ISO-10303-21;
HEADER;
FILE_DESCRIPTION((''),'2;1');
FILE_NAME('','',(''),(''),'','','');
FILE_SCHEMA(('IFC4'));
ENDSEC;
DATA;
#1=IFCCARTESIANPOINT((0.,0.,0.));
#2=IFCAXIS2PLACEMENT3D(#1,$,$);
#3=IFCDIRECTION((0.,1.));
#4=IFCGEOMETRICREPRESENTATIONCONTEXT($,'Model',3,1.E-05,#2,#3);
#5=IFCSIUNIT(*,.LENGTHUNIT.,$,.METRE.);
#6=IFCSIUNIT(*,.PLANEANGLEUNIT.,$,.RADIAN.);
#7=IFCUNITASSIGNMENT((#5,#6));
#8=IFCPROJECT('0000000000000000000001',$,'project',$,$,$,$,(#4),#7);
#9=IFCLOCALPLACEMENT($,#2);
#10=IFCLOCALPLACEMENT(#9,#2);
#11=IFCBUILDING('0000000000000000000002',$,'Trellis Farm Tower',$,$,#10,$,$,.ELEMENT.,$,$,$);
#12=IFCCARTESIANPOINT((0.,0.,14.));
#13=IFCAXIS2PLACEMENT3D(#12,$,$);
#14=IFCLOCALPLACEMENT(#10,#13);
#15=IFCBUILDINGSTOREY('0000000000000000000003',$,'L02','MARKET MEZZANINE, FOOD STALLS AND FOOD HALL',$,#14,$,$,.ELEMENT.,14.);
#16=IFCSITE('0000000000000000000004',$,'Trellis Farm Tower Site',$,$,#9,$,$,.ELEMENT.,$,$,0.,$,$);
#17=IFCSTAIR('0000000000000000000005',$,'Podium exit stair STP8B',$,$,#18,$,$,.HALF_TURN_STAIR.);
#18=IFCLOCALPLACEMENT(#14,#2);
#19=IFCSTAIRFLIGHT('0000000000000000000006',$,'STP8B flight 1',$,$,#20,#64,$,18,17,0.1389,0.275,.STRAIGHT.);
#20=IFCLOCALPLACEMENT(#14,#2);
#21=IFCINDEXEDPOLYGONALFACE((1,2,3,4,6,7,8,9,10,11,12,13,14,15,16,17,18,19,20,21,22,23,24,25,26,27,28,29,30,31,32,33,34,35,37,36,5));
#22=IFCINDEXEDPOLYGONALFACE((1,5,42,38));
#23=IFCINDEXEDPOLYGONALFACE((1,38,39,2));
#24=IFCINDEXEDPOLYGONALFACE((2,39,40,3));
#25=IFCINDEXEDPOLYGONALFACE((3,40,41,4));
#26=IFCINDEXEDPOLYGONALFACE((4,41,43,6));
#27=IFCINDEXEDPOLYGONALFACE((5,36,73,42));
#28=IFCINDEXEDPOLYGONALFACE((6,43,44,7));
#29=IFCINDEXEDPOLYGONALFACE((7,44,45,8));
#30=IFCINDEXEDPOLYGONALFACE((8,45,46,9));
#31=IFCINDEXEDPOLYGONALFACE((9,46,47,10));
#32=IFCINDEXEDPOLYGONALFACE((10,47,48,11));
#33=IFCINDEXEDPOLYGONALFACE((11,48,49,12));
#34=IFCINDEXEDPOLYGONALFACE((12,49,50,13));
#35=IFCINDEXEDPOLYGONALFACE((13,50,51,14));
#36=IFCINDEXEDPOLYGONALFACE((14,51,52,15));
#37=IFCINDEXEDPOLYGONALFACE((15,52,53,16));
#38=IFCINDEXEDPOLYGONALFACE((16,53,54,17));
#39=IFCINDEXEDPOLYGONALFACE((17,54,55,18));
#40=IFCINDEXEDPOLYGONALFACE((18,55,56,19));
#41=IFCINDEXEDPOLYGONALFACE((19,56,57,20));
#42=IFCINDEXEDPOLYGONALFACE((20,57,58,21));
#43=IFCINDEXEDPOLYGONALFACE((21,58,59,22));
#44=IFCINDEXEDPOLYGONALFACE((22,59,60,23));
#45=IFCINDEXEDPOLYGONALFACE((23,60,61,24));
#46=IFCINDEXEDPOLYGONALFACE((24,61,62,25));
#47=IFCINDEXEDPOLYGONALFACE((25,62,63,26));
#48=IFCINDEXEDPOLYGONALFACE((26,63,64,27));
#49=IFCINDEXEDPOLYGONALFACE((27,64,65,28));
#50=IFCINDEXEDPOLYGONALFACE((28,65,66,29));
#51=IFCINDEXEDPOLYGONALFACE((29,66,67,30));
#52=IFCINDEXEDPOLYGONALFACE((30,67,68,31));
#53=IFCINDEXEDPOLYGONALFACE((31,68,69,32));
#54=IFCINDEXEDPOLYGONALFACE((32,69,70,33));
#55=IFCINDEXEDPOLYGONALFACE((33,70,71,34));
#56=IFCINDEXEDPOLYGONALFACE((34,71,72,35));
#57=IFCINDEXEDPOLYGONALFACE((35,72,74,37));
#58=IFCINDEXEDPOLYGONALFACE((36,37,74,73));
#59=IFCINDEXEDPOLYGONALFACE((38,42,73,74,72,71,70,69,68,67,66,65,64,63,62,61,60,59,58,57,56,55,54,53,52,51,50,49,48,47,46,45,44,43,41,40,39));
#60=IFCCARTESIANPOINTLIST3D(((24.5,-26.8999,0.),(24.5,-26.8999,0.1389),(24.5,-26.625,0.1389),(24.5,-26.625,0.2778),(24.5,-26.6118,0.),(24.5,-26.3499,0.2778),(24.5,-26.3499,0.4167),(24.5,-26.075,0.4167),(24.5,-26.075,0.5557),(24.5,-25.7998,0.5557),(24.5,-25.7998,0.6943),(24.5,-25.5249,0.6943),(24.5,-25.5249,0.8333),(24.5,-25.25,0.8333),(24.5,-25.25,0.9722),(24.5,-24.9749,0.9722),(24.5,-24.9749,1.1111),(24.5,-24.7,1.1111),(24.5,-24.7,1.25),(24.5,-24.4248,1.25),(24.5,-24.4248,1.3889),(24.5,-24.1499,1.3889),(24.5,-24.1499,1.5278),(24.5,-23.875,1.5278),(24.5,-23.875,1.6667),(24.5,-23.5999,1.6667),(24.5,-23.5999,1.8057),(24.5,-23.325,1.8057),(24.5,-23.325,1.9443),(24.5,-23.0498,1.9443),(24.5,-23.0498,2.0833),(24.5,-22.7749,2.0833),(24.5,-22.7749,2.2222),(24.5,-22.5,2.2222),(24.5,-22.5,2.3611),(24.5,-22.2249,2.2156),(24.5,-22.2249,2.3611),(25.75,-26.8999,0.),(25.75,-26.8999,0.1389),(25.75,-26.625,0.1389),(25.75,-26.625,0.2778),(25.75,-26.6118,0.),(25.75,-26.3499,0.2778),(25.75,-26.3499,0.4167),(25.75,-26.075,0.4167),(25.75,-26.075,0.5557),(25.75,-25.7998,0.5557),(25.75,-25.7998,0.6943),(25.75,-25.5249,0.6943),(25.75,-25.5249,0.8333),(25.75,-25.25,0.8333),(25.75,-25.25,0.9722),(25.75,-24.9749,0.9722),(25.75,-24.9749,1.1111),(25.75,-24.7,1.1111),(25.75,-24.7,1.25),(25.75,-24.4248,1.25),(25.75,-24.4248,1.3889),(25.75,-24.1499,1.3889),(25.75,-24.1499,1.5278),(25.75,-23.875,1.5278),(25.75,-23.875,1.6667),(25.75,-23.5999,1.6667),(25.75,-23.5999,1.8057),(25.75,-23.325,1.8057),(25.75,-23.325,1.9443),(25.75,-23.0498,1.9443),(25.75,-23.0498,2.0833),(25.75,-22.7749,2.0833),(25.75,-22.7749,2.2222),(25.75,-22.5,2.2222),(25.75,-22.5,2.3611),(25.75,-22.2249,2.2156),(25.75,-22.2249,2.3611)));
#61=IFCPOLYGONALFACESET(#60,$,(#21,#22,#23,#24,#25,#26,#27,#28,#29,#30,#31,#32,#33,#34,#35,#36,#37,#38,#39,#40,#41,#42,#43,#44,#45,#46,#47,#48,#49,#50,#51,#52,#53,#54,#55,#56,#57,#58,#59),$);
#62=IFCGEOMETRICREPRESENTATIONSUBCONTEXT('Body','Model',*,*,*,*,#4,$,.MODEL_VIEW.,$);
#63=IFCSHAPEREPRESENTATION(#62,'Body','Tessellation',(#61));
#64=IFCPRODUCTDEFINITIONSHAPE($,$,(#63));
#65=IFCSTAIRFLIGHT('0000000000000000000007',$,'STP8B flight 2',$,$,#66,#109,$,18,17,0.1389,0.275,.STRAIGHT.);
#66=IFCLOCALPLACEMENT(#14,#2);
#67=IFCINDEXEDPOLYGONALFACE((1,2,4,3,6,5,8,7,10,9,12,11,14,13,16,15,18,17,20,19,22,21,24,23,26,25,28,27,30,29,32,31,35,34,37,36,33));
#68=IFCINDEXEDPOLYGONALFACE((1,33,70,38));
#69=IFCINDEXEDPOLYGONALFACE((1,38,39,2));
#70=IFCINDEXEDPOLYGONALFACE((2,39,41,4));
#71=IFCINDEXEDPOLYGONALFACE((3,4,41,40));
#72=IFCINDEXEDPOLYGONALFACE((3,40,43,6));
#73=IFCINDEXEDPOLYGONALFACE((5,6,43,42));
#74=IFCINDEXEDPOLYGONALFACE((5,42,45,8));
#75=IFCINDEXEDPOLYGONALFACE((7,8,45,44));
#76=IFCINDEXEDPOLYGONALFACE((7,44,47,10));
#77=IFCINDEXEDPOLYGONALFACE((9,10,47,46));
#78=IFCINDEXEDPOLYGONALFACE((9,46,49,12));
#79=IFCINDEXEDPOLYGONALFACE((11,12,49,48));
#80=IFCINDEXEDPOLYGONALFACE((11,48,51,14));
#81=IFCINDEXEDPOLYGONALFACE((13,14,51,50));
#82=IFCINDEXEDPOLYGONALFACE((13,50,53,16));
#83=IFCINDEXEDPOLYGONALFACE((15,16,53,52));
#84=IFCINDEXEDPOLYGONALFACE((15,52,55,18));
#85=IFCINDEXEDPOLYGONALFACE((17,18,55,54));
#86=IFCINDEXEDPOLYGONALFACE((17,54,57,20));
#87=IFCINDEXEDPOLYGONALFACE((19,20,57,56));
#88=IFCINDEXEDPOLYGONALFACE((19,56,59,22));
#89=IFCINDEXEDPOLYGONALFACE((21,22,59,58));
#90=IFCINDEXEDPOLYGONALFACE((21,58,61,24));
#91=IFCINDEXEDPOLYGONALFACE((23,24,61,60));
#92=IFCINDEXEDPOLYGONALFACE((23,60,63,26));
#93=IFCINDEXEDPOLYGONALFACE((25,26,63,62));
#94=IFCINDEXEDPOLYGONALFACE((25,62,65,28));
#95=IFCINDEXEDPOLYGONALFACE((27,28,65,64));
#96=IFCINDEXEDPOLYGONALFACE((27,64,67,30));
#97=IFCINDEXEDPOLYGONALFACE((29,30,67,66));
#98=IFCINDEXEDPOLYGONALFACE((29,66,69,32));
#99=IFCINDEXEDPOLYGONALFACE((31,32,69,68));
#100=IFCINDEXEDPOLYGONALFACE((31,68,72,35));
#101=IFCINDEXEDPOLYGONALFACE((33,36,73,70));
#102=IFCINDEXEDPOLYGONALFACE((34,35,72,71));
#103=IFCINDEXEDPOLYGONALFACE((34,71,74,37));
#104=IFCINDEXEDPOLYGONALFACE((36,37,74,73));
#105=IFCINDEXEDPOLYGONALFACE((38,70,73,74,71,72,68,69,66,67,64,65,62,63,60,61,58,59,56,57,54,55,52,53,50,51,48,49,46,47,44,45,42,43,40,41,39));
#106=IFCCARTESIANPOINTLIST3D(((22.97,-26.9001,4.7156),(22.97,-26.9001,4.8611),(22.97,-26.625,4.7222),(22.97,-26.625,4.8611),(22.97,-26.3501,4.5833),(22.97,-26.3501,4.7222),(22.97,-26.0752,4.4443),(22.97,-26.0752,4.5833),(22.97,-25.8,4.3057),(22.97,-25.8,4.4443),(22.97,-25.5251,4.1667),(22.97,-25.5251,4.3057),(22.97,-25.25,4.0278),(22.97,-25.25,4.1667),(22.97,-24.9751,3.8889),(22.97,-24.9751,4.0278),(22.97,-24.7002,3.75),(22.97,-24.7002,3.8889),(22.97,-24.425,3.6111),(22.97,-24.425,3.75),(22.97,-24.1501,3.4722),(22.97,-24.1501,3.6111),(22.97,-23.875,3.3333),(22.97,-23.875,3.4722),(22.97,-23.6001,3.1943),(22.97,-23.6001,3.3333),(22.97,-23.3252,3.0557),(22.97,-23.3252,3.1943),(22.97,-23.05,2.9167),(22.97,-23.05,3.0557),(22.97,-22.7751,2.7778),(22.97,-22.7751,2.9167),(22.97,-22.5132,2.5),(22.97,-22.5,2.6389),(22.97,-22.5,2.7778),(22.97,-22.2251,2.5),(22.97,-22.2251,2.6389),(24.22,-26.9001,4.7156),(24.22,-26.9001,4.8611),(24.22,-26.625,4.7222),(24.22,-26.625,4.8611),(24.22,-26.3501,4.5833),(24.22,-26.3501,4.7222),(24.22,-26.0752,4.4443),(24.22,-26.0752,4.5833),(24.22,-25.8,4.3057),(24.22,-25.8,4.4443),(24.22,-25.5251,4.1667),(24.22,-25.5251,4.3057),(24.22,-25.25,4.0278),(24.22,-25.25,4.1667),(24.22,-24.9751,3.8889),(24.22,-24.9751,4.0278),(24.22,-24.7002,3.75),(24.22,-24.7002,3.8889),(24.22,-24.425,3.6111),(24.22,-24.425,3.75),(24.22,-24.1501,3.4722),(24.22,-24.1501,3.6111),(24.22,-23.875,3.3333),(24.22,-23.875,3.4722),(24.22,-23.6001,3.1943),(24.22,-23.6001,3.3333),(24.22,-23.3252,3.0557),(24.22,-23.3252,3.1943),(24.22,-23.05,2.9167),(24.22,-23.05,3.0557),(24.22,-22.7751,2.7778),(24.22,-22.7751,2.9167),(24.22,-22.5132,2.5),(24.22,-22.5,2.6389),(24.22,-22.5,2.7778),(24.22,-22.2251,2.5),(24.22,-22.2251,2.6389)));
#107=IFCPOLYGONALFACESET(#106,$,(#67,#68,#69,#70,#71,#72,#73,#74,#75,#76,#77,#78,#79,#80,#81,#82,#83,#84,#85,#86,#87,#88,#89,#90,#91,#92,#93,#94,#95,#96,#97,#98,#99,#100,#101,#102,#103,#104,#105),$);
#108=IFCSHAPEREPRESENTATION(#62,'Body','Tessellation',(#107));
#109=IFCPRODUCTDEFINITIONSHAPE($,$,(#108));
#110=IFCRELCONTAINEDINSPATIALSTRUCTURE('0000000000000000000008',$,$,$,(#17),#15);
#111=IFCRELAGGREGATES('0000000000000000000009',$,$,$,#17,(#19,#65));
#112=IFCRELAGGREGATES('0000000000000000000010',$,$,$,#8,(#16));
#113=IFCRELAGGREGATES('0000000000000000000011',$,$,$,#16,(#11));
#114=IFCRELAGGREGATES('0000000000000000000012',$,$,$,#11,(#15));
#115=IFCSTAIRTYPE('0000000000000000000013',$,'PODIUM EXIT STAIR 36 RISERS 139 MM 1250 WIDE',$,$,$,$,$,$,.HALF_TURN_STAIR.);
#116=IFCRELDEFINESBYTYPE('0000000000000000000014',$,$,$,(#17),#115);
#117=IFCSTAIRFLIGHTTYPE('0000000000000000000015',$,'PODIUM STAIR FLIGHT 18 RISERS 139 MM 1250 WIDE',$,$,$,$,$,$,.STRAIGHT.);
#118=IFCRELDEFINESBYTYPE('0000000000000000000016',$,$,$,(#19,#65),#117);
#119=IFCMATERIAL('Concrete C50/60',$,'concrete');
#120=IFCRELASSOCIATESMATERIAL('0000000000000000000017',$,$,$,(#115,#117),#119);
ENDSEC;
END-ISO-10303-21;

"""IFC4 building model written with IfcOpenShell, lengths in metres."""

from ifc_helpers import new_model, si_unit, direction, frame, origin, place, context, subcontext, project, spatial, polyline, outline, extrude, source, transform, mapped, material, type_object, element, aggregate, save


model = new_model("IFC4")

# Units and contexts
model_context = context("Model", 3, precision=1e-05, world=origin(), true_north=direction((0.0, 1.0)))
body_context = subcontext(model_context, "Body", "Model", "MODEL_VIEW")
ifc_project = project(units=[si_unit("LENGTHUNIT", "METRE"), si_unit("PLANEANGLEUNIT", "RADIAN")], contexts=[model_context])

# Site, building, storey
site_placement = place(None, origin())
site = spatial("IfcSite", under=ifc_project, at=site_placement, Name="Trellis Farm Tower Site", CompositionType="ELEMENT", RefElevation=0.0)
building_placement = place(site_placement, origin())
building = spatial("IfcBuilding", under=site, at=building_placement, Name="Trellis Farm Tower", CompositionType="ELEMENT")
storey_placement = place(building_placement, frame((0.0, 0.0, 14.0)))
storey = spatial("IfcBuildingStorey", under=building, at=storey_placement, Name="L02", Description="MARKET MEZZANINE, FOOD STALLS AND FOOD HALL", CompositionType="ELEMENT", Elevation=14.0)

# Shared definitions
ifc_material_1 = material(Name="Concrete C50/60", Category="concrete")
stair_type = type_object("IfcStairType", Name="PODIUM EXIT STAIR 36 RISERS 139 MM 1250 WIDE", PredefinedType="HALF_TURN_STAIR", material=ifc_material_1)
placement = place(storey_placement, origin())
stair_flight_type = type_object("IfcStairFlightType", Name="PODIUM STAIR FLIGHT 18 RISERS 139 MM 1250 WIDE", PredefinedType="STRAIGHT", material=ifc_material_1)
shared_shape_1 = source(origin(), body_context, "Body", "SweptSolid", [
    extrude(outline(polyline([(0.0, 0.0), (0.0, 0.1389), (0.2749, 0.1389), (0.2749, 0.2778), (0.55, 0.2778), (0.55, 0.4167), (0.825, 0.4167), (0.825, 0.5557), (1.1001, 0.5557), (1.1001, 0.6943), (1.375, 0.6943), (1.375, 0.8333), (1.6499, 0.8333), (1.6499, 0.9722), (1.925, 0.9722), (1.925, 1.1111), (2.2, 1.1111), (2.2, 1.25), (2.4751, 1.25), (2.4751, 1.3889), (2.75, 1.3889), (2.75, 1.5278), (3.0249, 1.5278), (3.0249, 1.6667), (3.3, 1.6667), (3.3, 1.8057), (3.575, 1.8057), (3.575, 1.9443), (3.8501, 1.9443), (3.8501, 2.0833), (4.125, 2.0833), (4.125, 2.2222), (4.3999, 2.2222), (4.3999, 2.3611), (4.675, 2.3611), (4.675, 2.5), (4.675, 2.2156), (0.2881, 0.0), (0.0, 0.0)])), frame((0.0, 0.625, 0.0), z_axis=(0.0, -1.0, 0.0), x_axis=(1.0, 0.0, 0.0)), (0.0, 0.0, 1.0), 1.25),
])

# Stair, stair flights
stair_1 = element("IfcStair", 1, at=placement, inside=storey, type_object=stair_type, Name="Podium exit stair STP8B", PredefinedType="HALF_TURN_STAIR")
stair_flight_1_placement = place(storey_placement, frame((25.125, -26.8999, 0.0), z_axis=(0.0, 0.0, 1.0), x_axis=(0.0, 1.0, 0.0)))
stair_flight_1 = element("IfcStairFlight", 2, at=stair_flight_1_placement, type_object=stair_flight_type, Name="STP8B flight 1", NumberOfRisers=18, NumberOfTreads=17, PredefinedType="STRAIGHT", RiserHeight=0.1389, TreadLength=0.275, context=body_context, shape_type="MappedRepresentation", body=[
    mapped(shared_shape_1, transform((0.0, 0.0, 0.0))),
])
stair_flight_2_placement = place(storey_placement, frame((23.595, -22.2251, 2.5), z_axis=(0.0, 0.0, 1.0), x_axis=(0.0, -1.0, 0.0)))
stair_flight_2 = element("IfcStairFlight", 3, at=stair_flight_2_placement, type_object=stair_flight_type, Name="STP8B flight 2", NumberOfRisers=18, NumberOfTreads=17, PredefinedType="STRAIGHT", RiserHeight=0.1389, TreadLength=0.275, context=body_context, shape_type="MappedRepresentation", body=[
    mapped(shared_shape_1, transform((0.0, 0.0, 0.0))),
])
aggregate(stair_1, [stair_flight_1, stair_flight_2])

save(model, "model.ifc")
